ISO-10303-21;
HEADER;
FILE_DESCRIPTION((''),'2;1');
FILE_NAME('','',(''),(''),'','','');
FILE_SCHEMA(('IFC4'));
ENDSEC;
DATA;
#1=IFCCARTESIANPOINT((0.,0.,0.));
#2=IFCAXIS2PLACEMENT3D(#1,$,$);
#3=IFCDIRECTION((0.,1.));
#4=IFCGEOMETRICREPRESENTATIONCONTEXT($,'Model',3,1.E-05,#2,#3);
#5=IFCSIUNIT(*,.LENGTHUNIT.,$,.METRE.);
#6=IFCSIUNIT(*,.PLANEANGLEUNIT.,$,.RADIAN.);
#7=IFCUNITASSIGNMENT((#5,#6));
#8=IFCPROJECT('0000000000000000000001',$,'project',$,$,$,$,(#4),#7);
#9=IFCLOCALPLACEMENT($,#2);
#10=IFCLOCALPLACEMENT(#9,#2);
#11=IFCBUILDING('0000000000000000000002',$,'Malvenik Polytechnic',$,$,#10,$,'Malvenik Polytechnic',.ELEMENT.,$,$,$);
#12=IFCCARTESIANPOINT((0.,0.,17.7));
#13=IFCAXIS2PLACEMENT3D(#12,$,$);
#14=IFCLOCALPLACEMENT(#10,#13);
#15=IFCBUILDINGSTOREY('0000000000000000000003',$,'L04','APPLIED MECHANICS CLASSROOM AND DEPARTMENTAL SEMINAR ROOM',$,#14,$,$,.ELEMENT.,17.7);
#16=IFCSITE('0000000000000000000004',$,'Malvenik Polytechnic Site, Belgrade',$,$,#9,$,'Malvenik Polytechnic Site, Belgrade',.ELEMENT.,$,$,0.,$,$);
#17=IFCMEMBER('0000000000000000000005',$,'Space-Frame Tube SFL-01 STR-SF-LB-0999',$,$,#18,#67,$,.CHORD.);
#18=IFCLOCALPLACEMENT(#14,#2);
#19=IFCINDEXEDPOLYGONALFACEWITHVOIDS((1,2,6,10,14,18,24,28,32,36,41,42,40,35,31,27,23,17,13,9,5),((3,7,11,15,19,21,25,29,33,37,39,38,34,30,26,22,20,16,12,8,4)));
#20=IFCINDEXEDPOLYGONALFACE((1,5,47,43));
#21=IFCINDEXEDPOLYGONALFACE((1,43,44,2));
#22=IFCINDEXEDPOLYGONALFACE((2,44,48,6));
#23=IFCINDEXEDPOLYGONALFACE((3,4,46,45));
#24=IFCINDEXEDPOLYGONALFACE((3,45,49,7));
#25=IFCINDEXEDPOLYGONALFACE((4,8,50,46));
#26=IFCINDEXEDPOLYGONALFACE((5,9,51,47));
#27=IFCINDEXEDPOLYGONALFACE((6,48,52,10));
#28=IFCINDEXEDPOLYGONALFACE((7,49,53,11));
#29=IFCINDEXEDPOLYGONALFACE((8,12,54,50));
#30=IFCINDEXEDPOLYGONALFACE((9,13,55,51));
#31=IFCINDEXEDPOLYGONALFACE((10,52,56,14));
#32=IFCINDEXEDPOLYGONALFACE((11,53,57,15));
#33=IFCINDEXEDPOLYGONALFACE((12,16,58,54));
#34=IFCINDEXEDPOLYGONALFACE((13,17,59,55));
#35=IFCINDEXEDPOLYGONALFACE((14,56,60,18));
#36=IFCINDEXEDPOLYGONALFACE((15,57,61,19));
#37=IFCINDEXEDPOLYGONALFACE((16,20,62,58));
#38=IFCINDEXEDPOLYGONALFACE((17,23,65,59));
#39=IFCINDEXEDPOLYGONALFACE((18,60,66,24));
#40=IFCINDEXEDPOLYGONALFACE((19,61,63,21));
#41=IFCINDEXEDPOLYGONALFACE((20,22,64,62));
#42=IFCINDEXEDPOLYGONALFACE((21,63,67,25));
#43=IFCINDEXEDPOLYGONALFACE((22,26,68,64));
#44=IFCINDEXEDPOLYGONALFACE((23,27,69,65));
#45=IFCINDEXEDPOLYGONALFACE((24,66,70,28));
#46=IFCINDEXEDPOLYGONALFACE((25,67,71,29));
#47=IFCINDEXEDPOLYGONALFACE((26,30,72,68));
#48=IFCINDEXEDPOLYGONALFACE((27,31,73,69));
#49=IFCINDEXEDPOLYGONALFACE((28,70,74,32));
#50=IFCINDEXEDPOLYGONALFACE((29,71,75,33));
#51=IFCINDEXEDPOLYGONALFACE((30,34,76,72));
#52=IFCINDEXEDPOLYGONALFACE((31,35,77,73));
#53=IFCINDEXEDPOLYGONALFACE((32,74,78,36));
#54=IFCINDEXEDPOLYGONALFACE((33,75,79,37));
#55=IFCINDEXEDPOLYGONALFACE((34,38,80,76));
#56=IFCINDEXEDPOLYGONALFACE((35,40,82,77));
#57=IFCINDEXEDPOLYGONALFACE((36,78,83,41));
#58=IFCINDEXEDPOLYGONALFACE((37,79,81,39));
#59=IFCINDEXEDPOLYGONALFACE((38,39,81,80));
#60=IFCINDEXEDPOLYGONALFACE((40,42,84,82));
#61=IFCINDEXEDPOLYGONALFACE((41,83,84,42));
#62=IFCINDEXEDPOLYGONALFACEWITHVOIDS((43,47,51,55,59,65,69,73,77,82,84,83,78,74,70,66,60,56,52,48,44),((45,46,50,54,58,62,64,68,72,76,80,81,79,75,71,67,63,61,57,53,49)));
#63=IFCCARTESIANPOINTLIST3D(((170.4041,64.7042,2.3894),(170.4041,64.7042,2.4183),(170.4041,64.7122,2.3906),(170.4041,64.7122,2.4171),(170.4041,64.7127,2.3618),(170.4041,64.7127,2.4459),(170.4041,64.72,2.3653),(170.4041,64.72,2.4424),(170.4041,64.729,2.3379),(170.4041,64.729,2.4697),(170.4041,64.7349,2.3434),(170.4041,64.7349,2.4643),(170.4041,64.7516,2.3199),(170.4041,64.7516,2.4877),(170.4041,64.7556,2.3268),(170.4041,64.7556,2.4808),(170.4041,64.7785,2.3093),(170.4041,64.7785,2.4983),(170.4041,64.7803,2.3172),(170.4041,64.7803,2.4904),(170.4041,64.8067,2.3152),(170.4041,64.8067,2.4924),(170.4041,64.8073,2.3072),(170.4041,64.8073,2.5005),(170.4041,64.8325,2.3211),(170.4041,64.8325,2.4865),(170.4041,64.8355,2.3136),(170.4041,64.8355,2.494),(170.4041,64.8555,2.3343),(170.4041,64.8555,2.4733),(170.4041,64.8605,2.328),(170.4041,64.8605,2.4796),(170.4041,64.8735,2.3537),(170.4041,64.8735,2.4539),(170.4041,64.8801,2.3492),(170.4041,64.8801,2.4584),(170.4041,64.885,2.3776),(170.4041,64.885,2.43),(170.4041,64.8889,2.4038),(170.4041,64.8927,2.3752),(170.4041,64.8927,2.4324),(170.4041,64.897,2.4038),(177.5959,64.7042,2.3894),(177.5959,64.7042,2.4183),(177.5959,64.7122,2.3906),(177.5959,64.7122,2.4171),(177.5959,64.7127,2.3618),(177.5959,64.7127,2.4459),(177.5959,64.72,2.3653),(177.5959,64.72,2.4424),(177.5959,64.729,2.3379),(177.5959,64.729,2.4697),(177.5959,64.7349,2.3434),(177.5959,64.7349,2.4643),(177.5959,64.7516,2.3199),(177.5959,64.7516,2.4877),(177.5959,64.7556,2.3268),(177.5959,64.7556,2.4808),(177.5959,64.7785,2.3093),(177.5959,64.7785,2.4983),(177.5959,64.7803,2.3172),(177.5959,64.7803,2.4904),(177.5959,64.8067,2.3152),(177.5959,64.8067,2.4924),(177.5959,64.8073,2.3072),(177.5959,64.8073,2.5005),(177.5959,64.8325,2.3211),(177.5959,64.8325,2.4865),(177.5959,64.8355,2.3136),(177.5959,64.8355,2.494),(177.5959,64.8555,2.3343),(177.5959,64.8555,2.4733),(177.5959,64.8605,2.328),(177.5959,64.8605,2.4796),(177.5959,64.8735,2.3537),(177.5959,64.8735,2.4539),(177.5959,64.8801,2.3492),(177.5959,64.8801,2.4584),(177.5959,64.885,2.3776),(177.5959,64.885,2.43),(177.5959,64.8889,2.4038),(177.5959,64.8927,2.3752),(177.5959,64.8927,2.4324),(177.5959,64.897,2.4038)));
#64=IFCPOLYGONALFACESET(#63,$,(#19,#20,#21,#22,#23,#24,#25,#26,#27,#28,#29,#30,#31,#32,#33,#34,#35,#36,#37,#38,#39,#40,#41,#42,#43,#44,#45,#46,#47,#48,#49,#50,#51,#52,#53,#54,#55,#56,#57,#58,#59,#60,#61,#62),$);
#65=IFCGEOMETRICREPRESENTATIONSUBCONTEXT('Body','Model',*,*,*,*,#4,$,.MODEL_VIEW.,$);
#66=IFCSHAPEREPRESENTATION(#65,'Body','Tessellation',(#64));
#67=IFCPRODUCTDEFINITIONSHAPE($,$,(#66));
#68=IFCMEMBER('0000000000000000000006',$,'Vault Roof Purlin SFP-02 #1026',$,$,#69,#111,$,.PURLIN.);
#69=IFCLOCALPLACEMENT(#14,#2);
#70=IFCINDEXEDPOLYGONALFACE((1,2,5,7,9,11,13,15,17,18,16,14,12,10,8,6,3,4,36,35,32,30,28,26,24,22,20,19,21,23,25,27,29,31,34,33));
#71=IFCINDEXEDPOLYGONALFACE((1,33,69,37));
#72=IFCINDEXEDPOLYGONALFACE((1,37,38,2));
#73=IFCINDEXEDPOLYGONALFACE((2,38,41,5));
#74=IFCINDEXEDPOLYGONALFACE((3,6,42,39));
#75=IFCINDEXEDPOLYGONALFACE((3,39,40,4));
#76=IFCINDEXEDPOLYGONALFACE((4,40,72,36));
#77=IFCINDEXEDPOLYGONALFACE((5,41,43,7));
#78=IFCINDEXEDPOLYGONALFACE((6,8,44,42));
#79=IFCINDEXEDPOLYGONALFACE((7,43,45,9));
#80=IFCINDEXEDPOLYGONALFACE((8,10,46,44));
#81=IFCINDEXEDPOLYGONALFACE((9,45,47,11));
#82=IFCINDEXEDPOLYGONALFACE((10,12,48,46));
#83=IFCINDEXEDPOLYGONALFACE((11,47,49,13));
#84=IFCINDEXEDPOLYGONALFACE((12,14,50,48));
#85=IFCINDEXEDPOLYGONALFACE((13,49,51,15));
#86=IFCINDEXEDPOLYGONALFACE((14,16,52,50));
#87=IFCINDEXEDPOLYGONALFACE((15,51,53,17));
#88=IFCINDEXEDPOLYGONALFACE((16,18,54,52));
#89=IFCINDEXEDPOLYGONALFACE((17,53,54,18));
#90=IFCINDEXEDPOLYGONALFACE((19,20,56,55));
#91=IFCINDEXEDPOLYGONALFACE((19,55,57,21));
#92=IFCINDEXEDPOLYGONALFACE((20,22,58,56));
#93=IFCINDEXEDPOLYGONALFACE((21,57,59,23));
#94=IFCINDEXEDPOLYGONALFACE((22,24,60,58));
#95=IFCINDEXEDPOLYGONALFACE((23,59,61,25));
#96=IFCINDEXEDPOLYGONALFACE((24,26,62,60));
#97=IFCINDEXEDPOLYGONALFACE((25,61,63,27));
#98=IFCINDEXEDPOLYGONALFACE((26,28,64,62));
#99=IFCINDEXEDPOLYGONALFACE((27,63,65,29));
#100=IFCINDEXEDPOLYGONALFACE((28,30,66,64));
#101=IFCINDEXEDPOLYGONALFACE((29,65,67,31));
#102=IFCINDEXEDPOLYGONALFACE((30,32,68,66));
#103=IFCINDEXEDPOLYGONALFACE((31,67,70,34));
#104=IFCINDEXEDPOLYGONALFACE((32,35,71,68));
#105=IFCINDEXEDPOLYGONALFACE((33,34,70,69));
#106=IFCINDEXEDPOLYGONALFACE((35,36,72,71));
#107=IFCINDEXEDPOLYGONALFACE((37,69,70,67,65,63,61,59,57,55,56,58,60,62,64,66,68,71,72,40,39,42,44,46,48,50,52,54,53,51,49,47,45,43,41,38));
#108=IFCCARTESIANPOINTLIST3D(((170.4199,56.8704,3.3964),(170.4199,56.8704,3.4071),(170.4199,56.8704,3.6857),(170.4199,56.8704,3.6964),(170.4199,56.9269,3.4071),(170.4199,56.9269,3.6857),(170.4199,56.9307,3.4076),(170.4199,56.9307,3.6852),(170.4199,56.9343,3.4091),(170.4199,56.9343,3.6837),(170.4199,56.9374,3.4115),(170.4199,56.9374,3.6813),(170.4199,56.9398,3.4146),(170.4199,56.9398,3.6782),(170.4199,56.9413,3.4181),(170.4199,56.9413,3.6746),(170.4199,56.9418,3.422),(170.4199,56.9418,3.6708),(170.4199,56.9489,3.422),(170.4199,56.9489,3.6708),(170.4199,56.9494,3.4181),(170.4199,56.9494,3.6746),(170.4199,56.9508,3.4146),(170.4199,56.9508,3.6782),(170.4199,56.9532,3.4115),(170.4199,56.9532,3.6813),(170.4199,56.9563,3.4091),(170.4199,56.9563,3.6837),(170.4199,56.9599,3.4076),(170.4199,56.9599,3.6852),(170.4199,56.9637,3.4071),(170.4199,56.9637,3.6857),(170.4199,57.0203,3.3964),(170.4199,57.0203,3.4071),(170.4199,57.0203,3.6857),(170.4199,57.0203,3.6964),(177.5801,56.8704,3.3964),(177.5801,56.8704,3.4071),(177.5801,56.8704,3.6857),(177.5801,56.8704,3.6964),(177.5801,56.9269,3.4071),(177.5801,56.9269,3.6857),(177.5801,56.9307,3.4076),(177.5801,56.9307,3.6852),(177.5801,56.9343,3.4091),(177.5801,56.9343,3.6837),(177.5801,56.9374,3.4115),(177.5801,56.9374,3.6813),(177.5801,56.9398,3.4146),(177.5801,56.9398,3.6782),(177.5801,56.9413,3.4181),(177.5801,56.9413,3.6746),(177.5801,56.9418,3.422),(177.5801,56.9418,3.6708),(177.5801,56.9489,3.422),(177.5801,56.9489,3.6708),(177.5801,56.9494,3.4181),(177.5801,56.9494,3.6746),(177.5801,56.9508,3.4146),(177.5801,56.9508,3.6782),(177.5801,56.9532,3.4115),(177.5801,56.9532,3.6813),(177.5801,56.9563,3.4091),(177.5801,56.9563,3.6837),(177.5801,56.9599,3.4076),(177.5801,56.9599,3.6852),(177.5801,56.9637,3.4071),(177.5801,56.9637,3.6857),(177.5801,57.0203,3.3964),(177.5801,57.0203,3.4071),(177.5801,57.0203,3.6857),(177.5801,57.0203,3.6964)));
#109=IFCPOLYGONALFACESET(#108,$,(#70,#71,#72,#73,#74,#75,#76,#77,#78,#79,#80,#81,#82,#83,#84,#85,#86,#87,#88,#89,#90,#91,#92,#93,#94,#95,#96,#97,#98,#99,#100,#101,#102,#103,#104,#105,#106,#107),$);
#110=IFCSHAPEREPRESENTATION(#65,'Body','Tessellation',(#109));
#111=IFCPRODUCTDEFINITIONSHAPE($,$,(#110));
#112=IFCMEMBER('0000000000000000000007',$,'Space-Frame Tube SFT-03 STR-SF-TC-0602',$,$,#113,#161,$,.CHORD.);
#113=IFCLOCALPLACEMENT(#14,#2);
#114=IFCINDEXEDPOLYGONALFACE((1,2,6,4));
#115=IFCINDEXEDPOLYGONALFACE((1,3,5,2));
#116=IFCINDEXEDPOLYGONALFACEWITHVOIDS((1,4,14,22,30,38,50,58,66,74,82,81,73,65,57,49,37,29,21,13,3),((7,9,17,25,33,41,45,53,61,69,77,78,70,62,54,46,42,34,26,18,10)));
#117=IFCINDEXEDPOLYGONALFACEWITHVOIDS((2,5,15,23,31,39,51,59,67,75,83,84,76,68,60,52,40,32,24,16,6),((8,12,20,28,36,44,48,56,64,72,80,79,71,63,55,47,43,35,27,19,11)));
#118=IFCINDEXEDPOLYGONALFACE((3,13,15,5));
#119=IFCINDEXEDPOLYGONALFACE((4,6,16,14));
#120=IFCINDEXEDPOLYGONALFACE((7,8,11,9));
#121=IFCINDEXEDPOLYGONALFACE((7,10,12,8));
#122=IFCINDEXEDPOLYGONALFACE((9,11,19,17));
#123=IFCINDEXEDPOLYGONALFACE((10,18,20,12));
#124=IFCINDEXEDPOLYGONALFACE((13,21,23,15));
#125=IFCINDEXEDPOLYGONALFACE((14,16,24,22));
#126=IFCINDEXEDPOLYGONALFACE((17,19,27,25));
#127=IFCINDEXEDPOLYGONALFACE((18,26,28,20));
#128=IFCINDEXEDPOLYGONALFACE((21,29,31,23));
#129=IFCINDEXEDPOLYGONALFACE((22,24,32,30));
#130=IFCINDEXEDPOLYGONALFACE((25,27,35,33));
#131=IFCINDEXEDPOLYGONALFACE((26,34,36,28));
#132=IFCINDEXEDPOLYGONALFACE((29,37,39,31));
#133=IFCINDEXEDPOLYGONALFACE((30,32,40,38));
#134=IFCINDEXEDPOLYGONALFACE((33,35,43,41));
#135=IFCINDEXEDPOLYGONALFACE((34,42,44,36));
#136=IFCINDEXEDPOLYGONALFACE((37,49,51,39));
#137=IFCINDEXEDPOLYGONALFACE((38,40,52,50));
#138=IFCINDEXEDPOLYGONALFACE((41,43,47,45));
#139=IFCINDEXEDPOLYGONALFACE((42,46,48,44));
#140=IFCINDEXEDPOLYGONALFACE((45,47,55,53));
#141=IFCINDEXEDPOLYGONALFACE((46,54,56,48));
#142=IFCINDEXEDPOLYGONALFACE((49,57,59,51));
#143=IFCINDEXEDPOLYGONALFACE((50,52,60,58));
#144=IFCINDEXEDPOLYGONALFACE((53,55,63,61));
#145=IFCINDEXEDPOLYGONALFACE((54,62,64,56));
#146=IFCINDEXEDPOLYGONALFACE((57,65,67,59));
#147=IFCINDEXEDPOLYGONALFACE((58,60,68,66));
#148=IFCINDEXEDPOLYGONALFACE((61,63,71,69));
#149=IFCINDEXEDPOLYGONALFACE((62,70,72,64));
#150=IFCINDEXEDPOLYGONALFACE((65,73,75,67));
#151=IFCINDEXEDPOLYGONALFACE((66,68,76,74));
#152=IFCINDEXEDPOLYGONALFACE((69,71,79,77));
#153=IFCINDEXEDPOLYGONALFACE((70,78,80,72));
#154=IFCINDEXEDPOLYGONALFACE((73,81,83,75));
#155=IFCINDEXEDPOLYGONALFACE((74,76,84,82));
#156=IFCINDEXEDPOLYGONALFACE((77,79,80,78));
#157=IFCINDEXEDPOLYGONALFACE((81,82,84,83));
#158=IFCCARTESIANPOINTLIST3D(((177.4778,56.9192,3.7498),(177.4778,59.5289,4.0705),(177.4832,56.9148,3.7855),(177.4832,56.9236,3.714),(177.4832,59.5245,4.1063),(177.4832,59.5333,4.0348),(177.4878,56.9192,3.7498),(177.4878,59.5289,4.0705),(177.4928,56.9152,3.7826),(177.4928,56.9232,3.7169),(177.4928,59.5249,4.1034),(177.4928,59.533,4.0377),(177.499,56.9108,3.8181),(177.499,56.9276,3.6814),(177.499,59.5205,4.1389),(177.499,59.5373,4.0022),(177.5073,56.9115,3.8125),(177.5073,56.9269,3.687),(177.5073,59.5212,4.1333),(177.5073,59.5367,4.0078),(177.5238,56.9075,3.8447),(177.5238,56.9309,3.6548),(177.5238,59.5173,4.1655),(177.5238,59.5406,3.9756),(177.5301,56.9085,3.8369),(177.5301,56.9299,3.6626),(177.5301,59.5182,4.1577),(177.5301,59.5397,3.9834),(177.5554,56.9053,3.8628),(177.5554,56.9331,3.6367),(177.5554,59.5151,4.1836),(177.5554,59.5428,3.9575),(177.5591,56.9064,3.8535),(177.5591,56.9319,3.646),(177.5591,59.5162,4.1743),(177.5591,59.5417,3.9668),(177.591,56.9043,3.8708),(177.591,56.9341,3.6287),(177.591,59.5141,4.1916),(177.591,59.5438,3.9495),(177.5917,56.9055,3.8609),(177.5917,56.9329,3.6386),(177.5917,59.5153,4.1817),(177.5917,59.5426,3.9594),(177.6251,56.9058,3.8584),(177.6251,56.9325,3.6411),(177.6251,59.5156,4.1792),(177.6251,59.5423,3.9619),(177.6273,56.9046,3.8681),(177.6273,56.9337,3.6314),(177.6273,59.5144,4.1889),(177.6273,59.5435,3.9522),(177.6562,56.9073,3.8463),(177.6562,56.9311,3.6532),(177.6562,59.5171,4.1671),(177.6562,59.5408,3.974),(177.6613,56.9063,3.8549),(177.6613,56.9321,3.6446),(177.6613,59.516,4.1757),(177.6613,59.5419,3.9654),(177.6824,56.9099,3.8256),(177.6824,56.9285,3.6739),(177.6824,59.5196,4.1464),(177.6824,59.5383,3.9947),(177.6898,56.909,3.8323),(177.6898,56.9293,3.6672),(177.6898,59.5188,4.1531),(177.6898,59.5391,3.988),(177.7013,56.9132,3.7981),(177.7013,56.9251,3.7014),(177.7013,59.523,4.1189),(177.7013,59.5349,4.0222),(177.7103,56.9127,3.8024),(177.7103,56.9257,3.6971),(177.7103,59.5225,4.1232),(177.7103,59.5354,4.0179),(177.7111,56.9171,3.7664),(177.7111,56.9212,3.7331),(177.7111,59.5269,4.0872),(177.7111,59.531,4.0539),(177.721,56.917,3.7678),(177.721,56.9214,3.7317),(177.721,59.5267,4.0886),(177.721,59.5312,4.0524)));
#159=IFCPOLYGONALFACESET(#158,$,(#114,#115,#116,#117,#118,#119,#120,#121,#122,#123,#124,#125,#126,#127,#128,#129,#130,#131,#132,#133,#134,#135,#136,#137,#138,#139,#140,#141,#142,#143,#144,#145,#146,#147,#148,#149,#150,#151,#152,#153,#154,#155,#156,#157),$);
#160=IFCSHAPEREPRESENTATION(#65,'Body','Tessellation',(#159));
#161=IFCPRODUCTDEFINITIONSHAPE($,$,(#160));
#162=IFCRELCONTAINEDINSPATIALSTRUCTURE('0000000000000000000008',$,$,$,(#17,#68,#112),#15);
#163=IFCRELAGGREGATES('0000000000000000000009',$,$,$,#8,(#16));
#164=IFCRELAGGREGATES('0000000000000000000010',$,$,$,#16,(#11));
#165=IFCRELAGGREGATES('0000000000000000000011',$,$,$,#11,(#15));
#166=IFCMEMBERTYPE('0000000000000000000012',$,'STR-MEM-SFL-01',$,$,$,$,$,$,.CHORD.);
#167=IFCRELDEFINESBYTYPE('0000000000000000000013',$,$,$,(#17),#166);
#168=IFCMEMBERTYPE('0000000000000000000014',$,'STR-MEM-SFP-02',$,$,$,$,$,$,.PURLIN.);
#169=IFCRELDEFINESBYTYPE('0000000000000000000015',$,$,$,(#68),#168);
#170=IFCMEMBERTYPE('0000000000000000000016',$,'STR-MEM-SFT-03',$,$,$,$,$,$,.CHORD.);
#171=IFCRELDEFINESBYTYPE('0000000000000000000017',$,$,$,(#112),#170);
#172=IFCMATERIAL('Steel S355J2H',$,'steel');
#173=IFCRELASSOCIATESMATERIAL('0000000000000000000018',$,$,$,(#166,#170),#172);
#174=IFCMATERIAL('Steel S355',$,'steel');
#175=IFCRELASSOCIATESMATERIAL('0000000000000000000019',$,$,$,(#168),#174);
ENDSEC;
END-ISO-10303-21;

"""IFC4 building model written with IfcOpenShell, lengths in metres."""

from ifc_helpers import new_model, si_unit, direction, frame, origin, origin_2d, place, context, subcontext, project, spatial, hollow_circle, i_section, extrude, material, material_profile, profile_set, type_object, element, save


model = new_model("IFC4")

# Units and contexts
model_context = context("Model", 3, precision=1e-05, world=origin(), true_north=direction((0.0, 1.0)))
body_context = subcontext(model_context, "Body", "Model", "MODEL_VIEW")
ifc_project = project(units=[si_unit("LENGTHUNIT", "METRE"), si_unit("PLANEANGLEUNIT", "RADIAN")], contexts=[model_context])

# Site, building, storey
site_placement = place(None, origin())
site = spatial("IfcSite", under=ifc_project, at=site_placement, Name="Malvenik Polytechnic Site, Belgrade", LongName="Malvenik Polytechnic Site, Belgrade", CompositionType="ELEMENT", RefElevation=0.0)
building_placement = place(site_placement, origin())
building = spatial("IfcBuilding", under=site, at=building_placement, Name="Malvenik Polytechnic", LongName="Malvenik Polytechnic", CompositionType="ELEMENT")
storey_placement = place(building_placement, frame((0.0, 0.0, 17.7)))
storey = spatial("IfcBuildingStorey", under=building, at=storey_placement, Name="L04", Description="APPLIED MECHANICS CLASSROOM AND DEPARTMENTAL SEMINAR ROOM", CompositionType="ELEMENT", Elevation=17.7)

# Members
ifc_material_1 = material(Name="Steel S355J2H", Category="steel")
ifc_material_profile_1 = material_profile(ifc_material_1, hollow_circle(Radius=0.0969, WallThickness=0.0081, at=origin_2d()), Name="CHS 193.7x8.0")
ifc_profile_set_1 = profile_set([ifc_material_profile_1], Name="Steel S355J2H")
member_type_1 = type_object("IfcMemberType", Name="STR-MEM-SFL-01", PredefinedType="CHORD", material=ifc_profile_set_1)
for number, where, z_axis, x_axis, name in (
    (1, (170.4041, 64.8, 2.4038), (1.0, 0.0, 0.0), (0.0, 1.0, 0.0), "Space-Frame Tube SFL-01 STR-SF-LB-0999"),
):
    element("IfcMember", number, at=place(storey_placement, frame(where, z_axis=z_axis, x_axis=x_axis)), inside=storey, type_object=member_type_1, Name=name, PredefinedType="CHORD", context=body_context, shape_type="SweptSolid", body=[
        extrude(hollow_circle(Radius=0.0969, WallThickness=0.0081, at=origin_2d()), origin(), (0.0, 0.0, 1.0), 7.1919),
    ])
ifc_material_2 = material(Name="Steel S355", Category="steel")
ifc_material_profile_2 = material_profile(ifc_material_2, i_section(OverallWidth=0.1499, OverallDepth=0.3, WebThickness=0.0071, FlangeThickness=0.0107, FilletRadius=0.0149, at=origin_2d()), Name="IPE 300")
ifc_profile_set_2 = profile_set([ifc_material_profile_2], Name="Steel S355")
member_type_2 = type_object("IfcMemberType", Name="STR-MEM-SFP-02", PredefinedType="PURLIN", material=ifc_profile_set_2)
member_1_placement = place(storey_placement, frame((170.4199, 56.9453, 3.5464), z_axis=(1.0, 0.0, 0.0), x_axis=(0.0, 1.0, 0.0)))
element("IfcMember", 2, at=member_1_placement, inside=storey, type_object=member_type_2, Name="Vault Roof Purlin SFP-02 #1026", PredefinedType="PURLIN", context=body_context, shape_type="SweptSolid", body=[
    extrude(i_section(OverallWidth=0.1499, OverallDepth=0.3, WebThickness=0.0071, FlangeThickness=0.0107, FilletRadius=0.0149, at=origin_2d()), origin(), (0.0, 0.0, 1.0), 7.1602),
])
ifc_material_profile_3 = material_profile(ifc_material_1, hollow_circle(Radius=0.1223, WallThickness=0.01, at=origin_2d()), Name="CHS 244.5x10.0")
ifc_profile_set_3 = profile_set([ifc_material_profile_3], Name="Steel S355J2H")
member_type_3 = type_object("IfcMemberType", Name="STR-MEM-SFT-03", PredefinedType="CHORD", material=ifc_profile_set_3)
member_2_placement = place(storey_placement, frame((177.6001, 56.9192, 3.7498), z_axis=(0.0, 0.99253, 0.122), x_axis=(-1.0, 0.0, 0.0)))
element("IfcMember", 3, at=member_2_placement, inside=storey, type_object=member_type_3, Name="Space-Frame Tube SFT-03 STR-SF-TC-0602", PredefinedType="CHORD", context=body_context, shape_type="SweptSolid", body=[
    extrude(hollow_circle(Radius=0.1223, WallThickness=0.01, at=origin_2d()), origin(), (0.0, 0.0, 1.0), 2.6294),
])

save(model, "model.ifc")
